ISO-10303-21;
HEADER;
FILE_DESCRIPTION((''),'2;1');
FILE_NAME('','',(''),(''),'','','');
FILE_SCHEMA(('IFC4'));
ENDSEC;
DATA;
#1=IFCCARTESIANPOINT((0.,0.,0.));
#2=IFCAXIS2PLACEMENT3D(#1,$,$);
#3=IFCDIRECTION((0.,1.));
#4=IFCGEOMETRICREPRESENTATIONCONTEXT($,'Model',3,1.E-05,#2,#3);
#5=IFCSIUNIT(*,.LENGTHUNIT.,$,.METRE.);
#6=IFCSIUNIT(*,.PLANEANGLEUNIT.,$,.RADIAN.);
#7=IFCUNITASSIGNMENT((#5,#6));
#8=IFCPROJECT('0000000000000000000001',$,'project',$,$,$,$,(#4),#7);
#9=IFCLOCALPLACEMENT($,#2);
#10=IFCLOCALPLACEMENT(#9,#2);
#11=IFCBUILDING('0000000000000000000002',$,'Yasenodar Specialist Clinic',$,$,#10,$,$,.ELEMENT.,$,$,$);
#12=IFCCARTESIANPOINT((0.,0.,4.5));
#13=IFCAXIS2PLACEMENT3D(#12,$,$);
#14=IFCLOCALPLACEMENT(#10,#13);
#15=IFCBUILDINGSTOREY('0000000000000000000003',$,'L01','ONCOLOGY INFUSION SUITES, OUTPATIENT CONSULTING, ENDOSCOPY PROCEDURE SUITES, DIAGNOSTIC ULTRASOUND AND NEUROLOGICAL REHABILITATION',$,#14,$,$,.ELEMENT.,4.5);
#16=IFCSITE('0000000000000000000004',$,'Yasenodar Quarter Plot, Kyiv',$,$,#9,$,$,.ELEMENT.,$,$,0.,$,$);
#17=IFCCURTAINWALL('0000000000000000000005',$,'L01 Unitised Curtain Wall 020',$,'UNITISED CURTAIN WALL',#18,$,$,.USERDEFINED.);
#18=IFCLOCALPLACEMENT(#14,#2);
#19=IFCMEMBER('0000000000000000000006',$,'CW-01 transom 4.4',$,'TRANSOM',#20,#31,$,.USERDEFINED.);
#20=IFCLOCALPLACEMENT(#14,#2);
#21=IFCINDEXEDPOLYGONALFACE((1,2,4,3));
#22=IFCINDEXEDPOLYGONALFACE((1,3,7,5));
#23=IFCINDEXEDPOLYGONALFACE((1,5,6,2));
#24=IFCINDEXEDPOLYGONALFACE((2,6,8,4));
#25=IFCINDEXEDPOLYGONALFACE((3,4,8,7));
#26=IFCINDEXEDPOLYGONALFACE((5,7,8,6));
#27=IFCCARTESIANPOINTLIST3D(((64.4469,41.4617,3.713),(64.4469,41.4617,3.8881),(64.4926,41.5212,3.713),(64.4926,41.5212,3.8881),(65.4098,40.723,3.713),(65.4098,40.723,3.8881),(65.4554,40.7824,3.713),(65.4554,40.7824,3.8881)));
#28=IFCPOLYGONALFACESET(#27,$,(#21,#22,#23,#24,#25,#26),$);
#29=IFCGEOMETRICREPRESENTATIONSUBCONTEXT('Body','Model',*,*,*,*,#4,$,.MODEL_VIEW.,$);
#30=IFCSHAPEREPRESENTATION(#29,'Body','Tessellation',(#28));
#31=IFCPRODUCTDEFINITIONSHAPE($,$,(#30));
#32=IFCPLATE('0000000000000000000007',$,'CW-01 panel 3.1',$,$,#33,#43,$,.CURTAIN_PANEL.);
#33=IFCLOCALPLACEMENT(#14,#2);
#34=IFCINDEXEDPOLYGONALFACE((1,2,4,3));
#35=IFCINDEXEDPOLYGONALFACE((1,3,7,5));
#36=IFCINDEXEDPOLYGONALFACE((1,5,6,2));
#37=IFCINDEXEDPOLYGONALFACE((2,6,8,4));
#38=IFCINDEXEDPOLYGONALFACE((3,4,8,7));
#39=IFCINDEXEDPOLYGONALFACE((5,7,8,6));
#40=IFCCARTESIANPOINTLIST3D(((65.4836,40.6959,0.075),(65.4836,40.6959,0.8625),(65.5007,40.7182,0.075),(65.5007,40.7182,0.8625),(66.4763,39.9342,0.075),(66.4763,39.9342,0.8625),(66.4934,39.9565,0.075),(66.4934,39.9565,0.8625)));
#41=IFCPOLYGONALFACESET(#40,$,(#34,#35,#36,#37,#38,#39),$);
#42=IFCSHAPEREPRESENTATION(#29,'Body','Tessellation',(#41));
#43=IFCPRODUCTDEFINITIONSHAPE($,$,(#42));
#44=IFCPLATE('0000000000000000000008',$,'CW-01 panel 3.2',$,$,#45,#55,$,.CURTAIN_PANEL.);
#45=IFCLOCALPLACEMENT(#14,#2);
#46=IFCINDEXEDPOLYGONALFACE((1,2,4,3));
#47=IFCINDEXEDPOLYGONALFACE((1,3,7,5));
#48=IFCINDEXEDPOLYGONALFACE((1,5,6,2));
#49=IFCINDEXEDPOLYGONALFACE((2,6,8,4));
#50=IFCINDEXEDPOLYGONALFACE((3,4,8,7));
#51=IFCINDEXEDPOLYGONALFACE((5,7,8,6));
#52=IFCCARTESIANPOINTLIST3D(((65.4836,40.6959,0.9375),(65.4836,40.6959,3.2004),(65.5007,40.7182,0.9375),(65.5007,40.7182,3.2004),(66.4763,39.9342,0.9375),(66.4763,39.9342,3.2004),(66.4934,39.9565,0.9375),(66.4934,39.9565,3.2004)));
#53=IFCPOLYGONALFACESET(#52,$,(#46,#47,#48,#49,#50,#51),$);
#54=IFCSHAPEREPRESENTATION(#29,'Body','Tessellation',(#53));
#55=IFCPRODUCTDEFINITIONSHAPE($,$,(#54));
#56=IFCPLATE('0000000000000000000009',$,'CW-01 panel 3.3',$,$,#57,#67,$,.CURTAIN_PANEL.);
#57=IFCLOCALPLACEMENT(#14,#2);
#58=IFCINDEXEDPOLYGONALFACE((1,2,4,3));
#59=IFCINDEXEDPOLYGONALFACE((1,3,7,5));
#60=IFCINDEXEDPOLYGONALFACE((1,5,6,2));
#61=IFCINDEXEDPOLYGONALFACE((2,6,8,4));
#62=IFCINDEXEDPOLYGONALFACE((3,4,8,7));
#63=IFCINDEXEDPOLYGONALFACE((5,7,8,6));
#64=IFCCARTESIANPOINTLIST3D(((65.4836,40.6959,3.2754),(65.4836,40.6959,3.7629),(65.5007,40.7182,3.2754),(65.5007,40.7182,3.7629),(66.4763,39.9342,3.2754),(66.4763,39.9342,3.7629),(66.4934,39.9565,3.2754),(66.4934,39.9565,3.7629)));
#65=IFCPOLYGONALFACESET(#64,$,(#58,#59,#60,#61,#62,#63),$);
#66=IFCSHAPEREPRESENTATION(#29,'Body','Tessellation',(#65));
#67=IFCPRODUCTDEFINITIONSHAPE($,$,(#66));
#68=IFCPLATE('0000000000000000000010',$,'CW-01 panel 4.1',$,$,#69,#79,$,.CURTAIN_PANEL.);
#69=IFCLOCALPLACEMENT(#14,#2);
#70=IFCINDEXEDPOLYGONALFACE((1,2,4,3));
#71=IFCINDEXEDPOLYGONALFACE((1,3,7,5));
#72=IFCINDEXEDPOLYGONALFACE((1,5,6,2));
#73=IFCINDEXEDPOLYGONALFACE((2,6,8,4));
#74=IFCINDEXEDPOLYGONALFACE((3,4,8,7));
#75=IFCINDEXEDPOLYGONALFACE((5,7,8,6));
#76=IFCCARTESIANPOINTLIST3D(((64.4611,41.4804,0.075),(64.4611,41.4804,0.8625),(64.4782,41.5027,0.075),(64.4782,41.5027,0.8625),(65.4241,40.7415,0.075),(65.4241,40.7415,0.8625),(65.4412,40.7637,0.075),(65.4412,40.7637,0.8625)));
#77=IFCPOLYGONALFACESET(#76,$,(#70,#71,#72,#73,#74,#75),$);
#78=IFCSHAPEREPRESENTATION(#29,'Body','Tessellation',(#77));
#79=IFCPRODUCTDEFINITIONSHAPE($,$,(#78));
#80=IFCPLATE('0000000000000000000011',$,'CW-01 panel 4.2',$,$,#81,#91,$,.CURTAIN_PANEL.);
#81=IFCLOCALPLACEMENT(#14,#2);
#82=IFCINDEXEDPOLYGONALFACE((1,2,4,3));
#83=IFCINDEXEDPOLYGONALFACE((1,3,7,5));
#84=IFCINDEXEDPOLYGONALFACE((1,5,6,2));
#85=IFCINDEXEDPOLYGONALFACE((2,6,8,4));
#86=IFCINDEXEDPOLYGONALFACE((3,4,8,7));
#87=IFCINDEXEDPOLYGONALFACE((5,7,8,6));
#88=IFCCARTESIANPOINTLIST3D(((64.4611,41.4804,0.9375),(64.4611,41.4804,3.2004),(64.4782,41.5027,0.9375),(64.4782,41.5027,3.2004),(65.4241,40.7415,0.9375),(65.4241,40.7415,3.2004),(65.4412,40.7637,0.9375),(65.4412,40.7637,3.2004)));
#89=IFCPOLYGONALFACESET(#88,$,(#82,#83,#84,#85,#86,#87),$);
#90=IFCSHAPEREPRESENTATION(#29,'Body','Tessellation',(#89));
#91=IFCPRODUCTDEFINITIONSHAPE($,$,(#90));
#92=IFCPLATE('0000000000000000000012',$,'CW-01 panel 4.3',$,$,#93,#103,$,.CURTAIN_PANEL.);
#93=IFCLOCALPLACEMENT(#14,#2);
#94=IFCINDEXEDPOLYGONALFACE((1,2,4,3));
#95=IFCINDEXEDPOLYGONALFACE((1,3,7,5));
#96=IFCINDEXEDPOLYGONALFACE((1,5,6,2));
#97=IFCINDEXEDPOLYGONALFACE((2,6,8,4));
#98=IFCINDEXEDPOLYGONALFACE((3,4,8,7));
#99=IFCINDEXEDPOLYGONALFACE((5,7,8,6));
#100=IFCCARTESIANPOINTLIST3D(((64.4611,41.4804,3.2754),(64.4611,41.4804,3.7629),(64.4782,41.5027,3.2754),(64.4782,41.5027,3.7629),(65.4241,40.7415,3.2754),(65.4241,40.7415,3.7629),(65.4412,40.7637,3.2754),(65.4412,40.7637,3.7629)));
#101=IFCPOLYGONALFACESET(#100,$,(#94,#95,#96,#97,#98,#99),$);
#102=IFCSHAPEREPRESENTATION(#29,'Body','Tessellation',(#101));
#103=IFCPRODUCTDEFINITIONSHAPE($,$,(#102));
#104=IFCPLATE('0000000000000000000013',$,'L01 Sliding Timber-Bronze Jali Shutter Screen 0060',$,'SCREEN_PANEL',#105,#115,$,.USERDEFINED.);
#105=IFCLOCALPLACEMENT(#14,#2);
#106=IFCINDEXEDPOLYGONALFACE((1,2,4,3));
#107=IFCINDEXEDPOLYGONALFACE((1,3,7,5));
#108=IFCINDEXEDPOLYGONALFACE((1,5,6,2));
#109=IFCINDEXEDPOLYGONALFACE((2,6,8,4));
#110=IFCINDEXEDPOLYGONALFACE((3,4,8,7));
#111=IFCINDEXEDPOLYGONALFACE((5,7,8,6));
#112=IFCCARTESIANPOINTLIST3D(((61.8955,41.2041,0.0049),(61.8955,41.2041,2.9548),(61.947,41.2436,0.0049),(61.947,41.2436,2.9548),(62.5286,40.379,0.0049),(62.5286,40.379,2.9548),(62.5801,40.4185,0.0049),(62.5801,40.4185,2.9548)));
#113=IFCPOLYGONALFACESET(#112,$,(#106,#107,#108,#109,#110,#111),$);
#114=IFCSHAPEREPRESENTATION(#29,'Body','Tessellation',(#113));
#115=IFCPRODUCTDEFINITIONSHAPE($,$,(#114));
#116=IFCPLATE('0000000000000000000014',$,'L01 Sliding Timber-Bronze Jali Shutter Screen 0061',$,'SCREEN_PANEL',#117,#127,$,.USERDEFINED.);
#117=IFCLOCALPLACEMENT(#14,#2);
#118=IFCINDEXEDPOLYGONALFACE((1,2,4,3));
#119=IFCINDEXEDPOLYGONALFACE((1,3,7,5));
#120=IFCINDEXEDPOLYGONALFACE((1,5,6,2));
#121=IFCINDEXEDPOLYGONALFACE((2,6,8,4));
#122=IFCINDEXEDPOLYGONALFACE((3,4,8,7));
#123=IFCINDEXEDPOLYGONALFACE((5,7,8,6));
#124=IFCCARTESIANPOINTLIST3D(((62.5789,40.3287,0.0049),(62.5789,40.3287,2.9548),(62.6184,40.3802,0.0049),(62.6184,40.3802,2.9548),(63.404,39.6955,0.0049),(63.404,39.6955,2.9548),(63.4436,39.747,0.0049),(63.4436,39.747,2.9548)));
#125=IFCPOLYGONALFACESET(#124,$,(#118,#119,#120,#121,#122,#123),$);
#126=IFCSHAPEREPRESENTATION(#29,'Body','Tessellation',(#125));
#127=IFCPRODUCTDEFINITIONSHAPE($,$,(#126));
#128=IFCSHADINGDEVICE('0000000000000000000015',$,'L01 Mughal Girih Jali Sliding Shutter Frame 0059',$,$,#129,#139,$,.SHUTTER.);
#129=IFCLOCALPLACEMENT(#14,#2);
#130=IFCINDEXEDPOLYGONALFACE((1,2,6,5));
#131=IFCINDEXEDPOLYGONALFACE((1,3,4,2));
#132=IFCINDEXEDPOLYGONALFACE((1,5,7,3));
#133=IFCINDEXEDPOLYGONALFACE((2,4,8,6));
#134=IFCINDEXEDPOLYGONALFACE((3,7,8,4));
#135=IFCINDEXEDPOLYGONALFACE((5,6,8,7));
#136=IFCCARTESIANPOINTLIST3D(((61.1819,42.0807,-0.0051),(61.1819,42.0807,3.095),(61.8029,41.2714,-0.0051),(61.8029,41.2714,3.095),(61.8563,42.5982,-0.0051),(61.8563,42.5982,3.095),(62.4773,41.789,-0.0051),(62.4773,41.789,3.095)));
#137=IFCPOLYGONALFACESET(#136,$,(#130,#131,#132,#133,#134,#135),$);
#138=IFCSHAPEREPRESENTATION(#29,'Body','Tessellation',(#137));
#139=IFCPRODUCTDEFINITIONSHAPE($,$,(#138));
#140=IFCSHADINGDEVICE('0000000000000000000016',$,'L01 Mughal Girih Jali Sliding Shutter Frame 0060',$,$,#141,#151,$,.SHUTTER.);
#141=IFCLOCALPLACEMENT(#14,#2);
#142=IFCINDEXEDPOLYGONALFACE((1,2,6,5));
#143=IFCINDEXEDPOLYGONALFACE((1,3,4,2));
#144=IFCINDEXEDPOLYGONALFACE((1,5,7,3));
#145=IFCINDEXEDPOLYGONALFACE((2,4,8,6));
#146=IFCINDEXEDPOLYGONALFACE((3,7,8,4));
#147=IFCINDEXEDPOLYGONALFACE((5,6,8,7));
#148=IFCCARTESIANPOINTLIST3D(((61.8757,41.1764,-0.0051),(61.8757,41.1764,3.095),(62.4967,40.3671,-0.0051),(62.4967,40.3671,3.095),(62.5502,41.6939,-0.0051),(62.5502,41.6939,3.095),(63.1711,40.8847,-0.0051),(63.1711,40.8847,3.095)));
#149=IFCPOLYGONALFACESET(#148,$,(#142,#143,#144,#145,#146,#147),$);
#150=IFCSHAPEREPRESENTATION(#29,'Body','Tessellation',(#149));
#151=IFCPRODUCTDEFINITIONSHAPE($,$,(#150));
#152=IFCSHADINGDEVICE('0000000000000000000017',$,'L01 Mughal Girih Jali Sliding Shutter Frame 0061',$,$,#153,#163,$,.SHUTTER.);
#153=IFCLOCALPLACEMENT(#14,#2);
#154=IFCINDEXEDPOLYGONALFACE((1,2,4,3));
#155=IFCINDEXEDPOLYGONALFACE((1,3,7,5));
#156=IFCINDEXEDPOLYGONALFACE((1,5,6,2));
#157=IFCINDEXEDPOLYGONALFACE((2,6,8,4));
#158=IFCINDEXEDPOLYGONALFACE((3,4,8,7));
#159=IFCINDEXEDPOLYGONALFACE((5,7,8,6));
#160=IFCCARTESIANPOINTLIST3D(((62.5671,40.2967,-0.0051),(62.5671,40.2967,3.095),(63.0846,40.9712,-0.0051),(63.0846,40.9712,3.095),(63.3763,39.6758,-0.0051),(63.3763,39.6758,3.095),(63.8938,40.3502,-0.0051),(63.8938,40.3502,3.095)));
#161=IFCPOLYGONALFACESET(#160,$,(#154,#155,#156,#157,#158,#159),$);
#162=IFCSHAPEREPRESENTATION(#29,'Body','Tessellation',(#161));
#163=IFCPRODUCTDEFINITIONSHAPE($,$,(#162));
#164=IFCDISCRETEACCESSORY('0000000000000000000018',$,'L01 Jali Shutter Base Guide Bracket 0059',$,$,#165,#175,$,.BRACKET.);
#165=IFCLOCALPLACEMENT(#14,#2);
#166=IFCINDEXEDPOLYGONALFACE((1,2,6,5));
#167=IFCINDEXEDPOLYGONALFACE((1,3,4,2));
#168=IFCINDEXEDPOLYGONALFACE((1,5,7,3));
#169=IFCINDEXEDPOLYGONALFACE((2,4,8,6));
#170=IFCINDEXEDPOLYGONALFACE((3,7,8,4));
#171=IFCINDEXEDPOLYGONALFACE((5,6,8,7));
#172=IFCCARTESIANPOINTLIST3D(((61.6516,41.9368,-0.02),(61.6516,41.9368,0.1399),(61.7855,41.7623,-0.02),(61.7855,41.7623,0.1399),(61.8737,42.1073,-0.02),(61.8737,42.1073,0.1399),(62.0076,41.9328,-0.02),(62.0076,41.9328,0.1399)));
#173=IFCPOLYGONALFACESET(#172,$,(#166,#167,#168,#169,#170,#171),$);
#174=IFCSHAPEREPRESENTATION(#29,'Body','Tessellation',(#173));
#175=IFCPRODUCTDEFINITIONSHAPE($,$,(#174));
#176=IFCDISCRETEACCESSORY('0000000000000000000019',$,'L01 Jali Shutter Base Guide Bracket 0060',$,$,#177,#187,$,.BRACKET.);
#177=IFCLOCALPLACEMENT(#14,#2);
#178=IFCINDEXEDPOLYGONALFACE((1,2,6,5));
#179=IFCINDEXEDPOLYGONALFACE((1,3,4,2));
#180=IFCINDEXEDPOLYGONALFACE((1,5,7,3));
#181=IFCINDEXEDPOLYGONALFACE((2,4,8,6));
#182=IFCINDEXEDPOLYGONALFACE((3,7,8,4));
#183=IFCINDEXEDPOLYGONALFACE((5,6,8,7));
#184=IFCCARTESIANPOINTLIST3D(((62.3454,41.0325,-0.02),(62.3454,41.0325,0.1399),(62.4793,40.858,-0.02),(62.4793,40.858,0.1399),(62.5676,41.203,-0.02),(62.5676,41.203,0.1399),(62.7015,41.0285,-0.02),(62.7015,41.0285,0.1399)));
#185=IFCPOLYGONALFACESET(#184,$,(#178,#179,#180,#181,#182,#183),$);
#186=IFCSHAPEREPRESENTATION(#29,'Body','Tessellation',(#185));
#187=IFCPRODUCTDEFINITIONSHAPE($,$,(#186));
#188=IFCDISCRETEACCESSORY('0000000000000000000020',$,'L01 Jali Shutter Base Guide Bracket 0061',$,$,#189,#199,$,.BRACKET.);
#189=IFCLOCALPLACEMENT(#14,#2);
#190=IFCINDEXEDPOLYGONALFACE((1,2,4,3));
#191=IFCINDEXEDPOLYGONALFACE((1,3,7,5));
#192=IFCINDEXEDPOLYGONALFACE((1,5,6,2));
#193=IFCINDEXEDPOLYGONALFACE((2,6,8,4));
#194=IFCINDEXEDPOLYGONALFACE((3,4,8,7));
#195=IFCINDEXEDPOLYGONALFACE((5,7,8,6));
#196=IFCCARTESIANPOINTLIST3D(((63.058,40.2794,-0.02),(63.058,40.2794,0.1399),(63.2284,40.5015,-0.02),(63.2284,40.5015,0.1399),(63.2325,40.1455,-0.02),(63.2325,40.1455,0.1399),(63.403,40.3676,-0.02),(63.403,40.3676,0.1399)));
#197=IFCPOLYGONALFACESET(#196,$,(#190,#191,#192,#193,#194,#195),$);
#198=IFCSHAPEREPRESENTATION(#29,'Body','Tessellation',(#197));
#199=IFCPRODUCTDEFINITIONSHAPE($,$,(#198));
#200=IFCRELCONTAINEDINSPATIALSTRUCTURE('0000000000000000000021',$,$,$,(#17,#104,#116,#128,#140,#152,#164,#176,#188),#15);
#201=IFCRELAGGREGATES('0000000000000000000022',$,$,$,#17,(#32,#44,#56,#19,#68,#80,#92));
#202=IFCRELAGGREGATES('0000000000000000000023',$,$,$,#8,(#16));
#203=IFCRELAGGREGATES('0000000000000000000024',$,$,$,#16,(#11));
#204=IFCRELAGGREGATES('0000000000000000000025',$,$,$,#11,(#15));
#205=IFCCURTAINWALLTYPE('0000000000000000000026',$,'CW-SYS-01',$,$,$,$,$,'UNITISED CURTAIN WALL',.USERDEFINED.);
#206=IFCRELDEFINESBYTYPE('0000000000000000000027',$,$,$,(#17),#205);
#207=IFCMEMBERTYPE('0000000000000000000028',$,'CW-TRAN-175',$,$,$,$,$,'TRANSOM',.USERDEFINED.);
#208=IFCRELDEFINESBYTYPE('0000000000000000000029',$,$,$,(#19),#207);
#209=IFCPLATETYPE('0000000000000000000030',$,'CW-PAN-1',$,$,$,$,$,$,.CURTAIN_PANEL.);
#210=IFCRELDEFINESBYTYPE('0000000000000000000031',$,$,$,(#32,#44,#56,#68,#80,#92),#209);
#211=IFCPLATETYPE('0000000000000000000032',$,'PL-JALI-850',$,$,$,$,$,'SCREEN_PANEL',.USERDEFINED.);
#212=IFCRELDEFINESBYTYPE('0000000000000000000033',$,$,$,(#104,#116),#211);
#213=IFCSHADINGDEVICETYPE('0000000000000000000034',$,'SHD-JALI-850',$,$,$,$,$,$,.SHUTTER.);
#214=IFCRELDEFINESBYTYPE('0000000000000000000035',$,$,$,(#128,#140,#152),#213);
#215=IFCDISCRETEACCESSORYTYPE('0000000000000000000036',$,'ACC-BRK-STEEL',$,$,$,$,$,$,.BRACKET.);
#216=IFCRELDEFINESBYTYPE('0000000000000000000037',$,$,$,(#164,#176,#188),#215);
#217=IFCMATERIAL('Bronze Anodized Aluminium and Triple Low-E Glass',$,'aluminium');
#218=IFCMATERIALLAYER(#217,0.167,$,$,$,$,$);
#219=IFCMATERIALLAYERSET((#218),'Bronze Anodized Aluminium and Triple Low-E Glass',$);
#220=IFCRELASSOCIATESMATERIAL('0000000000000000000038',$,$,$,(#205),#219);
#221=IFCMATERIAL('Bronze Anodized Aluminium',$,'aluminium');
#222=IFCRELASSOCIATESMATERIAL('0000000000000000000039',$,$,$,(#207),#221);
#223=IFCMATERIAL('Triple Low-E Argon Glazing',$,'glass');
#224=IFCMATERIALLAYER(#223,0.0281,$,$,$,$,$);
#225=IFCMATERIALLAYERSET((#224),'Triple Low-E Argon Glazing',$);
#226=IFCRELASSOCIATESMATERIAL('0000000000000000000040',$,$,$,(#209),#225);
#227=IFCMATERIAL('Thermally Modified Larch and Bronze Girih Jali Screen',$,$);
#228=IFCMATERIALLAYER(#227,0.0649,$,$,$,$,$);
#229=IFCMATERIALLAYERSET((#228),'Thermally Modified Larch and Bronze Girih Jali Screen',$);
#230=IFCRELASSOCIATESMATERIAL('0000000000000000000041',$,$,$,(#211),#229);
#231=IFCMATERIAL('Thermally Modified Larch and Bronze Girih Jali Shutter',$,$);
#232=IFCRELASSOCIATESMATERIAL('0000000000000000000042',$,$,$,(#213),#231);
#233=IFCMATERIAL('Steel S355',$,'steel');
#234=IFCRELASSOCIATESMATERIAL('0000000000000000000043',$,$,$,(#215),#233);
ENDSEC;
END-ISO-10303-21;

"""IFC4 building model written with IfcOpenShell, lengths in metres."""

from ifc_helpers import new_model, si_unit, direction, frame, origin, origin_2d, place, context, subcontext, project, spatial, rectangle, extrude, material, layer, layer_set, material_profile, profile_set, type_object, element, aggregate, save


model = new_model("IFC4")

# Units and contexts
model_context = context("Model", 3, precision=1e-05, world=origin(), true_north=direction((0.0, 1.0)))
body_context = subcontext(model_context, "Body", "Model", "MODEL_VIEW")
ifc_project = project(units=[si_unit("LENGTHUNIT", "METRE"), si_unit("PLANEANGLEUNIT", "RADIAN")], contexts=[model_context])

# Site, building, storey
site_placement = place(None, origin())
site = spatial("IfcSite", under=ifc_project, at=site_placement, Name="Yasenodar Quarter Plot, Kyiv", CompositionType="ELEMENT", RefElevation=0.0)
building_placement = place(site_placement, origin())
building = spatial("IfcBuilding", under=site, at=building_placement, Name="Yasenodar Specialist Clinic", CompositionType="ELEMENT")
storey_placement = place(building_placement, frame((0.0, 0.0, 4.5)))
storey = spatial("IfcBuildingStorey", under=building, at=storey_placement, Name="L01", Description="ONCOLOGY INFUSION SUITES, OUTPATIENT CONSULTING, ENDOSCOPY PROCEDURE SUITES, DIAGNOSTIC ULTRASOUND AND NEUROLOGICAL REHABILITATION", CompositionType="ELEMENT", Elevation=4.5)

# Shared definitions
ifc_material_1 = material(Name="Steel S355", Category="steel")

# Curtain wall, member, plates
ifc_material_2 = material(Name="Bronze Anodized Aluminium and Triple Low-E Glass", Category="aluminium")
ifc_layer_1 = layer(ifc_material_2, 0.167)
ifc_layer_set_1 = layer_set([ifc_layer_1], Name="Bronze Anodized Aluminium and Triple Low-E Glass")
curtain_wall_type = type_object("IfcCurtainWallType", Name="CW-SYS-01", ElementType="UNITISED CURTAIN WALL", PredefinedType="USERDEFINED", material=ifc_layer_set_1)
curtain_wall_placement = place(storey_placement, origin())
curtain_wall = element("IfcCurtainWall", 1, at=curtain_wall_placement, inside=storey, type_object=curtain_wall_type, Name="L01 Unitised Curtain Wall 020", ObjectType="UNITISED CURTAIN WALL", PredefinedType="USERDEFINED")
ifc_material_3 = material(Name="Bronze Anodized Aluminium", Category="aluminium")
ifc_material_profile_1 = material_profile(ifc_material_3, rectangle(XDim=0.075, YDim=0.175, at=origin_2d()), Name="CW-TRAN 75x175")
ifc_profile_set_1 = profile_set([ifc_material_profile_1], Name="Bronze Anodized Aluminium")
member_type_1 = type_object("IfcMemberType", Name="CW-TRAN-175", ElementType="TRANSOM", PredefinedType="USERDEFINED", material=ifc_profile_set_1)
member_1_placement = place(storey_placement, frame((65.4326, 40.7527, 3.8005), z_axis=(-0.793386, 0.608719, 0.0), x_axis=(-0.608719, -0.793386, 0.0)))
member_1 = element("IfcMember", 2, at=member_1_placement, type_object=member_type_1, Name="CW-01 transom 4.4", ObjectType="TRANSOM", PredefinedType="USERDEFINED", context=body_context, shape_type="SweptSolid", body=[
    extrude(rectangle(XDim=0.075, YDim=0.175, at=origin_2d()), origin(), (0.0, 0.0, 1.0), 1.2136),
])
ifc_material_4 = material(Name="Triple Low-E Argon Glazing", Category="glass")
ifc_layer_2 = layer(ifc_material_4, 0.0281)
ifc_layer_set_2 = layer_set([ifc_layer_2], Name="Triple Low-E Argon Glazing")
plate_type_1 = type_object("IfcPlateType", Name="CW-PAN-1", PredefinedType="CURTAIN_PANEL", material=ifc_layer_set_2)
plate_1_placement = place(storey_placement, frame((65.9885, 40.3262, 0.075), z_axis=(0.0, 0.0, 1.0), x_axis=(-0.793361, 0.608752, 0.0)))
plate_1 = element("IfcPlate", 3, at=plate_1_placement, type_object=plate_type_1, Name="CW-01 panel 3.1", PredefinedType="CURTAIN_PANEL", context=body_context, shape_type="SweptSolid", body=[
    extrude(rectangle(XDim=1.2512, YDim=0.0281, at=origin_2d()), origin(), (0.0, 0.0, 1.0), 0.7876),
])
plate_2_placement = place(storey_placement, frame((65.9885, 40.3262, 0.9375), z_axis=(0.0, 0.0, 1.0), x_axis=(-0.793361, 0.608752, 0.0)))
plate_2 = element("IfcPlate", 4, at=plate_2_placement, type_object=plate_type_1, Name="CW-01 panel 3.2", PredefinedType="CURTAIN_PANEL", context=body_context, shape_type="SweptSolid", body=[
    extrude(rectangle(XDim=1.2512, YDim=0.0281, at=origin_2d()), origin(), (0.0, 0.0, 1.0), 2.2629),
])
plate_3_placement = place(storey_placement, frame((65.9885, 40.3262, 3.2754), z_axis=(0.0, 0.0, 1.0), x_axis=(-0.793361, 0.608752, 0.0)))
plate_3 = element("IfcPlate", 5, at=plate_3_placement, type_object=plate_type_1, Name="CW-01 panel 3.3", PredefinedType="CURTAIN_PANEL", context=body_context, shape_type="SweptSolid", body=[
    extrude(rectangle(XDim=1.2512, YDim=0.0281, at=origin_2d()), origin(), (0.0, 0.0, 1.0), 0.4875),
])
plate_4_placement = place(storey_placement, frame((64.9512, 41.1221, 0.075), z_axis=(0.0, 0.0, 1.0), x_axis=(-0.793361, 0.608752, 0.0)))
plate_4 = element("IfcPlate", 6, at=plate_4_placement, type_object=plate_type_1, Name="CW-01 panel 4.1", PredefinedType="CURTAIN_PANEL", context=body_context, shape_type="SweptSolid", body=[
    extrude(rectangle(XDim=1.2139, YDim=0.0281, at=origin_2d()), origin(), (0.0, 0.0, 1.0), 0.7876),
])
plate_5_placement = place(storey_placement, frame((64.9512, 41.1221, 0.9375), z_axis=(0.0, 0.0, 1.0), x_axis=(-0.793361, 0.608752, 0.0)))
plate_5 = element("IfcPlate", 7, at=plate_5_placement, type_object=plate_type_1, Name="CW-01 panel 4.2", PredefinedType="CURTAIN_PANEL", context=body_context, shape_type="SweptSolid", body=[
    extrude(rectangle(XDim=1.2139, YDim=0.0281, at=origin_2d()), origin(), (0.0, 0.0, 1.0), 2.2629),
])
plate_6_placement = place(storey_placement, frame((64.9512, 41.1221, 3.2754), z_axis=(0.0, 0.0, 1.0), x_axis=(-0.793361, 0.608752, 0.0)))
plate_6 = element("IfcPlate", 8, at=plate_6_placement, type_object=plate_type_1, Name="CW-01 panel 4.3", PredefinedType="CURTAIN_PANEL", context=body_context, shape_type="SweptSolid", body=[
    extrude(rectangle(XDim=1.2139, YDim=0.0281, at=origin_2d()), origin(), (0.0, 0.0, 1.0), 0.4875),
])
aggregate(curtain_wall, [plate_1, plate_2, plate_3, member_1, plate_4, plate_5, plate_6])

# Plates
ifc_material_5 = material(Name="Thermally Modified Larch and Bronze Girih Jali Screen")
ifc_layer_3 = layer(ifc_material_5, 0.0649)
ifc_layer_set_3 = layer_set([ifc_layer_3], Name="Thermally Modified Larch and Bronze Girih Jali Screen")
plate_type_2 = type_object("IfcPlateType", Name="PL-JALI-850", ElementType="SCREEN_PANEL", PredefinedType="USERDEFINED", material=ifc_layer_set_3)
for number, where, z_axis, x_axis, name in (
    (9, (62.2378, 40.8113, 0.0049), (0.0, 0.0, 1.0), (0.608764, -0.793351, 0.0), "L01 Sliding Timber-Bronze Jali Shutter Screen 0060"),
    (10, (63.0112, 40.0378, 0.0049), (0.0, 0.0, 1.0), (0.793351, -0.608764, 0.0), "L01 Sliding Timber-Bronze Jali Shutter Screen 0061"),
):
    element("IfcPlate", number, at=place(storey_placement, frame(where, z_axis=z_axis, x_axis=x_axis)), inside=storey, type_object=plate_type_2, Name=name, ObjectType="SCREEN_PANEL", PredefinedType="USERDEFINED", context=body_context, shape_type="SweptSolid", body=[
        extrude(rectangle(XDim=1.04, YDim=0.0649, at=origin_2d()), origin(), (0.0, 0.0, 1.0), 2.95),
    ])

# Shading devices
ifc_material_6 = material(Name="Thermally Modified Larch and Bronze Girih Jali Shutter")
shading_device_type = type_object("IfcShadingDeviceType", Name="SHD-JALI-850", PredefinedType="SHUTTER", material=ifc_material_6)
for number, where, z_axis, x_axis, name in (
    (11, (61.8296, 41.9348, -0.0051), (0.0, 0.0, 1.0), (0.608764, -0.793351, 0.0), "L01 Mughal Girih Jali Sliding Shutter Frame 0059"),
    (12, (62.5234, 41.0305, -0.0051), (0.0, 0.0, 1.0), (0.608764, -0.793351, 0.0), "L01 Mughal Girih Jali Sliding Shutter Frame 0060"),
    (13, (63.2305, 40.3235, -0.0051), (0.0, 0.0, 1.0), (0.793351, -0.608764, 0.0), "L01 Mughal Girih Jali Sliding Shutter Frame 0061"),
):
    element("IfcShadingDevice", number, at=place(storey_placement, frame(where, z_axis=z_axis, x_axis=x_axis)), inside=storey, type_object=shading_device_type, Name=name, PredefinedType="SHUTTER", context=body_context, shape_type="SweptSolid", body=[
        extrude(rectangle(XDim=1.02, YDim=0.8501, at=origin_2d()), origin(), (0.0, 0.0, 1.0), 3.1001),
    ])

# Discrete accessories
discrete_accessory_type = type_object("IfcDiscreteAccessoryType", Name="ACC-BRK-STEEL", PredefinedType="BRACKET", material=ifc_material_1)
for number, where, z_axis, x_axis, name in (
    (14, (61.8296, 41.9348, -0.02), (0.0, 0.0, 1.0), (0.608764, -0.793351, 0.0), "L01 Jali Shutter Base Guide Bracket 0059"),
    (15, (62.5234, 41.0305, -0.02), (0.0, 0.0, 1.0), (0.608764, -0.793351, 0.0), "L01 Jali Shutter Base Guide Bracket 0060"),
    (16, (63.2305, 40.3235, -0.02), (0.0, 0.0, 1.0), (0.793351, -0.608764, 0.0), "L01 Jali Shutter Base Guide Bracket 0061"),
):
    element("IfcDiscreteAccessory", number, at=place(storey_placement, frame(where, z_axis=z_axis, x_axis=x_axis)), inside=storey, type_object=discrete_accessory_type, Name=name, PredefinedType="BRACKET", context=body_context, shape_type="SweptSolid", body=[
        extrude(rectangle(XDim=0.22, YDim=0.28, at=origin_2d()), origin(), (0.0, 0.0, 1.0), 0.1599),
    ])

save(model, "model.ifc")
